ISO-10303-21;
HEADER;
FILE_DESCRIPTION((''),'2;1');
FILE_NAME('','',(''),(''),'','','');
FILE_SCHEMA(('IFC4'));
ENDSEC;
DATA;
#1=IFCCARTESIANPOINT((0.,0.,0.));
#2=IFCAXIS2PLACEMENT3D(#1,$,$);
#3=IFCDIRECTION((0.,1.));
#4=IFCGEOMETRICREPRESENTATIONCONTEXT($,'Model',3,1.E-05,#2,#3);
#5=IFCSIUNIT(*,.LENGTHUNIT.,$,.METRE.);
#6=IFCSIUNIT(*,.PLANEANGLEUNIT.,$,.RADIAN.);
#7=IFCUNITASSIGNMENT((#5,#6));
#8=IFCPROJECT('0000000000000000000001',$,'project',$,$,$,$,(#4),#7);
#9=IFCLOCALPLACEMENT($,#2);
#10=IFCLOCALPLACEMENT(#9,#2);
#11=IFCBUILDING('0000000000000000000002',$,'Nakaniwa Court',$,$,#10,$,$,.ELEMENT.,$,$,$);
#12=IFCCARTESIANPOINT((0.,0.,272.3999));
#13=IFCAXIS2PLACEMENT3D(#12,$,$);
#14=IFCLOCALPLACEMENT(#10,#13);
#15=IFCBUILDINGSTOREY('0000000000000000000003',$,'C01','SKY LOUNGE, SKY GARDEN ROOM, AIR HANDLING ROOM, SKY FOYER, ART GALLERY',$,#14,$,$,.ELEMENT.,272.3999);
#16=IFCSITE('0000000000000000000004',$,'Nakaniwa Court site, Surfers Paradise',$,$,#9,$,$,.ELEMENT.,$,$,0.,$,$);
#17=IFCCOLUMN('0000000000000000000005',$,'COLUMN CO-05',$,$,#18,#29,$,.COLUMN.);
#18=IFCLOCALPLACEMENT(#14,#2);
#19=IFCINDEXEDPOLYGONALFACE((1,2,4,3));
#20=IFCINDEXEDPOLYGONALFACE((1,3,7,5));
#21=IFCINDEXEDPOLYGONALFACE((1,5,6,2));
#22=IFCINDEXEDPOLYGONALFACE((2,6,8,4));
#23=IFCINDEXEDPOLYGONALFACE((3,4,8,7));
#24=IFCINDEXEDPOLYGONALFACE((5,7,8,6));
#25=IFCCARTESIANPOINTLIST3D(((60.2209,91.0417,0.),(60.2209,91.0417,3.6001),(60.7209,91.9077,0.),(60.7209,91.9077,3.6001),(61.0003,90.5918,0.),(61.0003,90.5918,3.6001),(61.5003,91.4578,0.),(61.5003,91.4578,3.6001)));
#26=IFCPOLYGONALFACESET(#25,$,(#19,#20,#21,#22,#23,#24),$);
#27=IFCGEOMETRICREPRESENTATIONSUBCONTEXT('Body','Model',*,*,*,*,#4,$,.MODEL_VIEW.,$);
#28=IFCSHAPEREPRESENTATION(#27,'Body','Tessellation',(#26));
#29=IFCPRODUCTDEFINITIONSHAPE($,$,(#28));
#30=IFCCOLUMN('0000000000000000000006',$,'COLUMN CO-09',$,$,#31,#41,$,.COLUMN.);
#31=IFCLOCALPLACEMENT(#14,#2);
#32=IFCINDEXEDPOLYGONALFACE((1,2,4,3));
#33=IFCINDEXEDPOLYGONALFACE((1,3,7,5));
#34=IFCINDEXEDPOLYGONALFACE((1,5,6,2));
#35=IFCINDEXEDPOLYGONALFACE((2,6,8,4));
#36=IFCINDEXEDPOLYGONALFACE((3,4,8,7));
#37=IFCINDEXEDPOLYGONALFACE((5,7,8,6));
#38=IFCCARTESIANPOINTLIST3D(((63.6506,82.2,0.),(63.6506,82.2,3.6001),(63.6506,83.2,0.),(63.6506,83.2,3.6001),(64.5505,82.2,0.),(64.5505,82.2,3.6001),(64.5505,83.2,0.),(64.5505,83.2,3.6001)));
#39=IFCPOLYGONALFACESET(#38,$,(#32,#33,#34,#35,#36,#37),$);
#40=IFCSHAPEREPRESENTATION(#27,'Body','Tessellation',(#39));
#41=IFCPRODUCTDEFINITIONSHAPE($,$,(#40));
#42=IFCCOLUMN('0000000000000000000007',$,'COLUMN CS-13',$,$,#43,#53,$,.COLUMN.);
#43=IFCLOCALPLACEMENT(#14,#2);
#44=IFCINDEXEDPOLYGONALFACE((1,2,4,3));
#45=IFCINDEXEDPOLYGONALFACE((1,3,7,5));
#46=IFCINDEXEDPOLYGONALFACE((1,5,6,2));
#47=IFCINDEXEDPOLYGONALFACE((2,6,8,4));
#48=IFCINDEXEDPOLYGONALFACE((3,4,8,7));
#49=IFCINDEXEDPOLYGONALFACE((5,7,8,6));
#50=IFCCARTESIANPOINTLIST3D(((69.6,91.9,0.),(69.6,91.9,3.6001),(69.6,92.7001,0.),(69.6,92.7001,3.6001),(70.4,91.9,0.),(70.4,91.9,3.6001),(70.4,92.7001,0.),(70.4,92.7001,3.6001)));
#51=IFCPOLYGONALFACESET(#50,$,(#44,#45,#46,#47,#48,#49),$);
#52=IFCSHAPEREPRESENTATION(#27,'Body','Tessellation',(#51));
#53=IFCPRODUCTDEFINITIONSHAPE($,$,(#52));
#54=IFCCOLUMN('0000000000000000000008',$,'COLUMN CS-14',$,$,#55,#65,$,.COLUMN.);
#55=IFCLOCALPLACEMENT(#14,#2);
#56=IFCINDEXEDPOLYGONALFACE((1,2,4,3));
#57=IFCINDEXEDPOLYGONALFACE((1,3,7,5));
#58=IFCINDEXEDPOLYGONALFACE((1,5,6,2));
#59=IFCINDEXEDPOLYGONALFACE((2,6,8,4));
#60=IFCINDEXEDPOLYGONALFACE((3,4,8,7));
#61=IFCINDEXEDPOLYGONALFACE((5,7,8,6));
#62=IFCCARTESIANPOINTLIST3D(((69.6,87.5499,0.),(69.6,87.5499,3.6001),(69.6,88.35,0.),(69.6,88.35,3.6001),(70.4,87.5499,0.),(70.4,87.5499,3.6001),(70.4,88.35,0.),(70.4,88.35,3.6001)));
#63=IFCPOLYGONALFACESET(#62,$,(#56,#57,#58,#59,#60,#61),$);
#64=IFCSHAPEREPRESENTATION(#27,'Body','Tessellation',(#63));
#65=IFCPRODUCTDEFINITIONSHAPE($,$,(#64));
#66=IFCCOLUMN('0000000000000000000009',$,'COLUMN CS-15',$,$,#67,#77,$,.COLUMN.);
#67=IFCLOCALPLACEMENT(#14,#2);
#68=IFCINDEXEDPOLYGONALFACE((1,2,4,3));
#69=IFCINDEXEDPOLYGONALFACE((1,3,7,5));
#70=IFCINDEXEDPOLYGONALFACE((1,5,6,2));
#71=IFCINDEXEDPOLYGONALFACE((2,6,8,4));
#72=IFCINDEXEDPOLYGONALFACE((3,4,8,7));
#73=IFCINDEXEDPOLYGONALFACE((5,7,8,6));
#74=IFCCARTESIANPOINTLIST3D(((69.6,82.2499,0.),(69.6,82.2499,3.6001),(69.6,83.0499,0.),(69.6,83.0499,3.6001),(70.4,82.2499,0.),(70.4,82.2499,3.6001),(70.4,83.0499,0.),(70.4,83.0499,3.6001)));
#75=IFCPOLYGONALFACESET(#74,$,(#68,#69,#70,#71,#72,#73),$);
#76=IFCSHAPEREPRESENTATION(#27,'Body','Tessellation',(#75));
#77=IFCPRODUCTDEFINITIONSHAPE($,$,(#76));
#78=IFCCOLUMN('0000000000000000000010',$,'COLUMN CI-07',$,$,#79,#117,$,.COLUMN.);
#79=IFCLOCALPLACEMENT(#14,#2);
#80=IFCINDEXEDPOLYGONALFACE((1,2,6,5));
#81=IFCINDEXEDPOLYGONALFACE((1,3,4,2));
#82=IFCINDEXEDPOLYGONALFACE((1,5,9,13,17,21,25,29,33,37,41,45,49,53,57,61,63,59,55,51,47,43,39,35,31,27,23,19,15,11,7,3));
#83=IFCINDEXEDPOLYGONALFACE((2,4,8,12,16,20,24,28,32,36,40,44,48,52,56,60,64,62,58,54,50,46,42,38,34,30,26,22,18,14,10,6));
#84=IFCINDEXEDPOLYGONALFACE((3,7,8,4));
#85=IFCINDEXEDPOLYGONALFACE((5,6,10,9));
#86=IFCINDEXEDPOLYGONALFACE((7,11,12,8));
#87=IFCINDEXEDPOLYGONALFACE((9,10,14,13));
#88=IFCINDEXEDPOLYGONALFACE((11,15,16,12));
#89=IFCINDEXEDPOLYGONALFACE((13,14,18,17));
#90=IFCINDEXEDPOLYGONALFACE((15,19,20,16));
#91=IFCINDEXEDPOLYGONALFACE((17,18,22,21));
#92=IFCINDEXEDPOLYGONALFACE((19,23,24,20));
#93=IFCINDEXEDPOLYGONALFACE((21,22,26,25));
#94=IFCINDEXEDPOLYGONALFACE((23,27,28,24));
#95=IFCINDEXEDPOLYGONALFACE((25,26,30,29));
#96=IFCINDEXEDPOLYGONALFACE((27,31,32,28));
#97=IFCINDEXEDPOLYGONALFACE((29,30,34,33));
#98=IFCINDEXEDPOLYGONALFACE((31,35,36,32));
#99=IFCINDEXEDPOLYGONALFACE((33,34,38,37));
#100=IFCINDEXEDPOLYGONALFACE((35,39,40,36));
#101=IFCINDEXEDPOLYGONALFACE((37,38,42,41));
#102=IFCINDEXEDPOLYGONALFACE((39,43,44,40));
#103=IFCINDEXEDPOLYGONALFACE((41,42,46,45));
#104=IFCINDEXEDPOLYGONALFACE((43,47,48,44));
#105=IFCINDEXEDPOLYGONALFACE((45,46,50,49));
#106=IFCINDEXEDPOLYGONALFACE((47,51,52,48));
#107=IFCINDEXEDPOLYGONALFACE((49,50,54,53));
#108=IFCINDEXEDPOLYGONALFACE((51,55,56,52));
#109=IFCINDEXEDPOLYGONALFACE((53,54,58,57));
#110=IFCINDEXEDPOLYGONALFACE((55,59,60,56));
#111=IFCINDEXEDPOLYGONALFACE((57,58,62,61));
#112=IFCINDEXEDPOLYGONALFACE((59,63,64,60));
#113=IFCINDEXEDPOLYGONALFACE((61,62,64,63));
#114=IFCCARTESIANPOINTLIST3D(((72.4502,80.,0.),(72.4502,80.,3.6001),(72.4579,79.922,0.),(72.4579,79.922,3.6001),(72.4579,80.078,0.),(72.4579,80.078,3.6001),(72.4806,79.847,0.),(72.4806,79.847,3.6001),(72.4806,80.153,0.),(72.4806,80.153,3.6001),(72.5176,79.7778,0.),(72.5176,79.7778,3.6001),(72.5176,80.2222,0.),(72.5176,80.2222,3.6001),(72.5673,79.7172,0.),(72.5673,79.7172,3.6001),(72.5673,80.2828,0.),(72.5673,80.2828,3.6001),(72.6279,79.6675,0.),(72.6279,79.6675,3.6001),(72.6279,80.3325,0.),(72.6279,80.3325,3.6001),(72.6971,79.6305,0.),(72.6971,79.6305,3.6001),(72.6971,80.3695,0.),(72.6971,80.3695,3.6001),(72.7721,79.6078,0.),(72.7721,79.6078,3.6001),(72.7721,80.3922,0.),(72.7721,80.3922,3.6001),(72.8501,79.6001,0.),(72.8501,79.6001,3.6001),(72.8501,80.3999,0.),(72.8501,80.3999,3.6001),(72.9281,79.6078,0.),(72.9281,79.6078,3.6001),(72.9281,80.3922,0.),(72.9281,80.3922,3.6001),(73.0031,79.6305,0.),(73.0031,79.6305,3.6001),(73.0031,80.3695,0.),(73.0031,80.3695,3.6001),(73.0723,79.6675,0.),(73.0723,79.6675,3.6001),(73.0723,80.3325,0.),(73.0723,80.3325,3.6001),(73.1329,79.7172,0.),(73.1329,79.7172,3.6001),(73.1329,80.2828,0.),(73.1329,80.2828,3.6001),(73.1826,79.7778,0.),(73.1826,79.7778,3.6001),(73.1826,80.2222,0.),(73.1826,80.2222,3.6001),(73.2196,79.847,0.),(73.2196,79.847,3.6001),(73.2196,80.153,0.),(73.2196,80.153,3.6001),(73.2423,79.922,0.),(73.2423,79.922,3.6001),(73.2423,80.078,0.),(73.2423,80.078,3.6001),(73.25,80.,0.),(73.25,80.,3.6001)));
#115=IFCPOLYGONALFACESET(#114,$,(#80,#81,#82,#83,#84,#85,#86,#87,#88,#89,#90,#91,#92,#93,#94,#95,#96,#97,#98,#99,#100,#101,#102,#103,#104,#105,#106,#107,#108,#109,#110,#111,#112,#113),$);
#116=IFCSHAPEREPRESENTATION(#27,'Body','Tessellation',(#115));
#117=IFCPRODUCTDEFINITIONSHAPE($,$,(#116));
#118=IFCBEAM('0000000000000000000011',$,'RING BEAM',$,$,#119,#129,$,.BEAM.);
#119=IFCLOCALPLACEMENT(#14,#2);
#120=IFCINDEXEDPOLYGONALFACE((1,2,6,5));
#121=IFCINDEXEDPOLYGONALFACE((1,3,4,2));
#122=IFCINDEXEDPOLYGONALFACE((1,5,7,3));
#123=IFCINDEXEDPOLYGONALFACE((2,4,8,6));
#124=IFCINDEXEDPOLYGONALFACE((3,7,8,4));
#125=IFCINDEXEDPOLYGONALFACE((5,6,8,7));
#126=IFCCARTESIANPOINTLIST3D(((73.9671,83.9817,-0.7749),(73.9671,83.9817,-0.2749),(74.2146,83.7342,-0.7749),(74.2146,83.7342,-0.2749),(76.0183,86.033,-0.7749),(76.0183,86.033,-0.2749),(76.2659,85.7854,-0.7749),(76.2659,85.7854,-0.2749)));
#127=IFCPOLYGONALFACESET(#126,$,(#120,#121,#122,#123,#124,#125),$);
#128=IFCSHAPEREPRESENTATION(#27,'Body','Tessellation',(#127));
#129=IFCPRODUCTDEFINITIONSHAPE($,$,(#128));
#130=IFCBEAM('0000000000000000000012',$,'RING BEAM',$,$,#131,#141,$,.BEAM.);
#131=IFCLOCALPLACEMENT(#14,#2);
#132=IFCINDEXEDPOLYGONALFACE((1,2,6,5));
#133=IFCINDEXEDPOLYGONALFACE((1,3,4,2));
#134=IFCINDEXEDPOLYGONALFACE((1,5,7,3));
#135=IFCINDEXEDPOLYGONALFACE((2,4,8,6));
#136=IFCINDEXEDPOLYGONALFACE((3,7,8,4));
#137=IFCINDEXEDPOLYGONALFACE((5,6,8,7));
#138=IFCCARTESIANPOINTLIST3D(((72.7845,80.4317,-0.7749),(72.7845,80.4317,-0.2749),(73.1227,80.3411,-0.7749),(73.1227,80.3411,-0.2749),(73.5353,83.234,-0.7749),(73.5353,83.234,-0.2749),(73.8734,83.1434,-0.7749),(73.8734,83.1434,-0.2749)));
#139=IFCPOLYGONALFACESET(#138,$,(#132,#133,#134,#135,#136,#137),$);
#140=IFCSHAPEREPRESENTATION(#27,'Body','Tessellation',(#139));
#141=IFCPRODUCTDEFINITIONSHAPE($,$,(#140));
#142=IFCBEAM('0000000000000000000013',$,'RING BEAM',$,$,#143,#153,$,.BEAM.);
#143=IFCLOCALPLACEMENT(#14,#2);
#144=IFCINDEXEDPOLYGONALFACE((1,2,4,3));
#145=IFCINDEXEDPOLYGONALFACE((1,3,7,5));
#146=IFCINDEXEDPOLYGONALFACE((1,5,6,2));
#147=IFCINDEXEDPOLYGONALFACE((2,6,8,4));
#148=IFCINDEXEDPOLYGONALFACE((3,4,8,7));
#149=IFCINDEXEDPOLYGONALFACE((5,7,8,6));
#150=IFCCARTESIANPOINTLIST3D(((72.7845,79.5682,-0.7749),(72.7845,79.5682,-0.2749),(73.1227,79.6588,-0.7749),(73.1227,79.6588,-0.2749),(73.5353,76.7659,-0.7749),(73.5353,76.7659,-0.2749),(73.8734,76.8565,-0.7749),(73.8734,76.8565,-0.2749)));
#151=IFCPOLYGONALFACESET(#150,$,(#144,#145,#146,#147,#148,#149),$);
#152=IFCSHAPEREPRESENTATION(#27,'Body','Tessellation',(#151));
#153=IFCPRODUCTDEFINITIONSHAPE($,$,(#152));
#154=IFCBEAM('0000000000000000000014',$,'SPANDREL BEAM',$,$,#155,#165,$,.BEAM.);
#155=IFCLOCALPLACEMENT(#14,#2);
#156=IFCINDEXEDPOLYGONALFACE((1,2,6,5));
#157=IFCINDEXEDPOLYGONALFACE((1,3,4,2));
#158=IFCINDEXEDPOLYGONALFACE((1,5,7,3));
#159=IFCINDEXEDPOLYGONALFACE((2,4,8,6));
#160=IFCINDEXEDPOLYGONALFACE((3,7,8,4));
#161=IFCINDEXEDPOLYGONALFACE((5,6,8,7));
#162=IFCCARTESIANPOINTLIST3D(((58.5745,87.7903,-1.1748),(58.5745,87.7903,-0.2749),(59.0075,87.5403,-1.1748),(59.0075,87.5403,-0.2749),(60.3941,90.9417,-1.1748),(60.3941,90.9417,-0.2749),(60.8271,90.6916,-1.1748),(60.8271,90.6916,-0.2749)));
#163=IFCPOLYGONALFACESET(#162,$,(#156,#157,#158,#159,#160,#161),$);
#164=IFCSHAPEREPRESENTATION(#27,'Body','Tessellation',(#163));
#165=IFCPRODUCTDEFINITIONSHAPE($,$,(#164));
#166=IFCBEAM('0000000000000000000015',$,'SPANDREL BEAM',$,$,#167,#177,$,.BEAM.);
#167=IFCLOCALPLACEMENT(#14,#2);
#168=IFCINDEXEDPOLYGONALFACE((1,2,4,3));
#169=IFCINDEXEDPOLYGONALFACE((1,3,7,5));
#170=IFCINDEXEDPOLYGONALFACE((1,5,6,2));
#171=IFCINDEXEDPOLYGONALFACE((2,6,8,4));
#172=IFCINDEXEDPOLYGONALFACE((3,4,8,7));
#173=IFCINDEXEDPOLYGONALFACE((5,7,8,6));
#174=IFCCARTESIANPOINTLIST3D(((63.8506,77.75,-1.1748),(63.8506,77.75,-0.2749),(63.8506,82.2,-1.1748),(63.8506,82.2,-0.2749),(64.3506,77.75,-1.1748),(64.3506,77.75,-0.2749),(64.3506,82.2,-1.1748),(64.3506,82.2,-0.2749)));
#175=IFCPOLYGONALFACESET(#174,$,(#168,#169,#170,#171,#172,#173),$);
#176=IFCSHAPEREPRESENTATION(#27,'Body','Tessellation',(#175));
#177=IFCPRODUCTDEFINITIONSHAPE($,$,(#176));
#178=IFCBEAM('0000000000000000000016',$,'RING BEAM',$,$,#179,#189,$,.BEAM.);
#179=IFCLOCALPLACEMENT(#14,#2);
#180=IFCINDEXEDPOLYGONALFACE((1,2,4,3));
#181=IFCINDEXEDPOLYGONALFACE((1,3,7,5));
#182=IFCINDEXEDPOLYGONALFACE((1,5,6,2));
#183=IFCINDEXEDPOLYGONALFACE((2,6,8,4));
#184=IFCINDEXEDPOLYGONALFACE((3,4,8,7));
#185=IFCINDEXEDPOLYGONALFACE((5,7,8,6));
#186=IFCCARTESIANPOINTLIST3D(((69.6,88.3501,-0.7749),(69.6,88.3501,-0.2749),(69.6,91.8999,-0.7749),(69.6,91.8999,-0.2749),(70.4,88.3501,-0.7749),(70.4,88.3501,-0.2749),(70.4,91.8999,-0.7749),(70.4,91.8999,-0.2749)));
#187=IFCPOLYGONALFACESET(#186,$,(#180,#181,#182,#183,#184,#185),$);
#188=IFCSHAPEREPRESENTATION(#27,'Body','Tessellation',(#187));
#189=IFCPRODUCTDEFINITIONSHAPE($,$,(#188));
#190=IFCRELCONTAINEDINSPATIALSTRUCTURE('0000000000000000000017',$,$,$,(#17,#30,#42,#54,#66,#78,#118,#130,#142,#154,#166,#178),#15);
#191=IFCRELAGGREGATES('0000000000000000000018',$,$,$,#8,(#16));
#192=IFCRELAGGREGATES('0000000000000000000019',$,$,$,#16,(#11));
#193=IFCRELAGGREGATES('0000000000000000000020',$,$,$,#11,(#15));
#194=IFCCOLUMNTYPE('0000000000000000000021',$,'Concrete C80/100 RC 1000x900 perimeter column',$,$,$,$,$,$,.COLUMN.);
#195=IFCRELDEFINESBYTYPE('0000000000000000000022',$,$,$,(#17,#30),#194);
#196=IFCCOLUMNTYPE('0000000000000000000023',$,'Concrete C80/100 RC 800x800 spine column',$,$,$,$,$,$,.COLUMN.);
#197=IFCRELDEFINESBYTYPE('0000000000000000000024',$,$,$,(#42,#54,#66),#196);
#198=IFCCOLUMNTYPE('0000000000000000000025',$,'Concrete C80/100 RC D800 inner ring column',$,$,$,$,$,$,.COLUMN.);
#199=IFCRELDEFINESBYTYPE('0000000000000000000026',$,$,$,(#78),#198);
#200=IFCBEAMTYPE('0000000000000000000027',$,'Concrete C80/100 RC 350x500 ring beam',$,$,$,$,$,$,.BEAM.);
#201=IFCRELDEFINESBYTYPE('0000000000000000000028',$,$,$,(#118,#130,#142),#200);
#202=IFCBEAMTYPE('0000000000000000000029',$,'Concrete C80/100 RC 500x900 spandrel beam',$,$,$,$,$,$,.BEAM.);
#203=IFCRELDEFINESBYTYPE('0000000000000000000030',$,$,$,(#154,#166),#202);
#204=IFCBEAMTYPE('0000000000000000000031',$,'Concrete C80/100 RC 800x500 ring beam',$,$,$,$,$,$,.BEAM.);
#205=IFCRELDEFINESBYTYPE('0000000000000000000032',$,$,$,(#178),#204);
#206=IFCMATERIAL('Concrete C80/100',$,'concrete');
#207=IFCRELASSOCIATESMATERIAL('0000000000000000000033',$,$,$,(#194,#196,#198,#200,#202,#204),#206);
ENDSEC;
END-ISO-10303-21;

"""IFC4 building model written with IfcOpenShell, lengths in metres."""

from ifc_helpers import new_model, si_unit, direction, frame, origin, origin_2d, place, context, subcontext, project, spatial, rectangle, circle, extrude, material, material_profile, profile_set, type_object, element, save


model = new_model("IFC4")

# Units and contexts
model_context = context("Model", 3, precision=1e-05, world=origin(), true_north=direction((0.0, 1.0)))
body_context = subcontext(model_context, "Body", "Model", "MODEL_VIEW")
ifc_project = project(units=[si_unit("LENGTHUNIT", "METRE"), si_unit("PLANEANGLEUNIT", "RADIAN")], contexts=[model_context])

# Site, building, storey
site_placement = place(None, origin())
site = spatial("IfcSite", under=ifc_project, at=site_placement, Name="Nakaniwa Court site, Surfers Paradise", CompositionType="ELEMENT", RefElevation=0.0)
building_placement = place(site_placement, origin())
building = spatial("IfcBuilding", under=site, at=building_placement, Name="Nakaniwa Court", CompositionType="ELEMENT")
storey_placement = place(building_placement, frame((0.0, 0.0, 272.3999)))
storey = spatial("IfcBuildingStorey", under=building, at=storey_placement, Name="C01", Description="SKY LOUNGE, SKY GARDEN ROOM, AIR HANDLING ROOM, SKY FOYER, ART GALLERY", CompositionType="ELEMENT", Elevation=272.3999)

# Columns
ifc_material_1 = material(Name="Concrete C80/100", Category="concrete")
ifc_material_profile_1 = material_profile(ifc_material_1, rectangle(XDim=1.0, YDim=0.8999, at=origin_2d()), Name="Concrete C80/100 RC 1000x900 perimeter column")
ifc_profile_set_1 = profile_set([ifc_material_profile_1], Name="Concrete C80/100")
column_type_1 = type_object("IfcColumnType", Name="Concrete C80/100 RC 1000x900 perimeter column", PredefinedType="COLUMN", material=ifc_profile_set_1)
for number, where, z_axis, x_axis, name in (
    (1, (60.8606, 91.2498, 0.0), (0.0, 0.0, 1.0), (-0.5, -0.866025, 0.0), "COLUMN CO-05"),
    (2, (64.1006, 82.7, 0.0), (0.0, 0.0, 1.0), (0.0, -1.0, 0.0), "COLUMN CO-09"),
):
    element("IfcColumn", number, at=place(storey_placement, frame(where, z_axis=z_axis, x_axis=x_axis)), inside=storey, type_object=column_type_1, Name=name, PredefinedType="COLUMN", context=body_context, shape_type="SweptSolid", body=[
        extrude(rectangle(XDim=1.0, YDim=0.8999, at=origin_2d()), origin(), (0.0, 0.0, 1.0), 3.6001),
    ])
ifc_material_profile_2 = material_profile(ifc_material_1, rectangle(XDim=0.8, YDim=0.8, at=origin_2d()), Name="Concrete C80/100 RC 800x800 spine column")
ifc_profile_set_2 = profile_set([ifc_material_profile_2], Name="Concrete C80/100")
column_type_2 = type_object("IfcColumnType", Name="Concrete C80/100 RC 800x800 spine column", PredefinedType="COLUMN", material=ifc_profile_set_2)
for number, where, z_axis, x_axis, name in (
    (3, (70.0, 92.3, 0.0), (0.0, 0.0, 1.0), (0.0, -1.0, 0.0), "COLUMN CS-13"),
    (4, (70.0, 87.95, 0.0), (0.0, 0.0, 1.0), (0.0, -1.0, 0.0), "COLUMN CS-14"),
    (5, (70.0, 82.6499, 0.0), (0.0, 0.0, 1.0), (0.0, -1.0, 0.0), "COLUMN CS-15"),
):
    element("IfcColumn", number, at=place(storey_placement, frame(where, z_axis=z_axis, x_axis=x_axis)), inside=storey, type_object=column_type_2, Name=name, PredefinedType="COLUMN", context=body_context, shape_type="SweptSolid", body=[
        extrude(rectangle(XDim=0.8, YDim=0.8, at=origin_2d()), origin(), (0.0, 0.0, 1.0), 3.6001),
    ])
ifc_material_profile_3 = material_profile(ifc_material_1, circle(Radius=0.3999, at=origin_2d()), Name="Concrete C80/100 RC D800 inner ring column")
ifc_profile_set_3 = profile_set([ifc_material_profile_3], Name="Concrete C80/100")
column_type_3 = type_object("IfcColumnType", Name="Concrete C80/100 RC D800 inner ring column", PredefinedType="COLUMN", material=ifc_profile_set_3)
for number, where, z_axis, x_axis, name in (
    (6, (72.8501, 80.0, 0.0), (0.0, 0.0, 1.0), (0.0, -1.0, 0.0), "COLUMN CI-07"),
):
    element("IfcColumn", number, at=place(storey_placement, frame(where, z_axis=z_axis, x_axis=x_axis)), inside=storey, type_object=column_type_3, Name=name, PredefinedType="COLUMN", context=body_context, shape_type="SweptSolid", body=[
        extrude(circle(Radius=0.3999, at=origin_2d()), origin(), (0.0, 0.0, 1.0), 3.6001),
    ])

# Beams
ifc_material_profile_4 = material_profile(ifc_material_1, rectangle(XDim=0.3501, YDim=0.5, at=origin_2d()), Name="Concrete C80/100 RC 350x500 ring beam")
ifc_profile_set_4 = profile_set([ifc_material_profile_4], Name="Concrete C80/100")
beam_type_1 = type_object("IfcBeamType", Name="Concrete C80/100 RC 350x500 ring beam", PredefinedType="BEAM", material=ifc_profile_set_4)
beam_1_placement = place(storey_placement, frame((76.1421, 85.9092, -0.5249), z_axis=(-0.707107, -0.707107, 0.0), x_axis=(0.707107, -0.707107, 0.0)))
element("IfcBeam", 7, at=beam_1_placement, inside=storey, type_object=beam_type_1, Name="RING BEAM", PredefinedType="BEAM", context=body_context, shape_type="SweptSolid", body=[
    extrude(rectangle(XDim=0.3501, YDim=0.5, at=origin_2d()), origin(), (0.0, 0.0, 1.0), 2.9009),
])
for number, where, z_axis, x_axis, name in (
    (8, (73.7043, 83.1887, -0.5249), (-0.258778, -0.965937, 0.0), (0.965937, -0.258778, 0.0), "RING BEAM"),
    (9, (72.9536, 79.6135, -0.5249), (0.258778, -0.965937, 0.0), (0.965937, 0.258778, 0.0), "RING BEAM"),
):
    element("IfcBeam", number, at=place(storey_placement, frame(where, z_axis=z_axis, x_axis=x_axis)), inside=storey, type_object=beam_type_1, Name=name, PredefinedType="BEAM", context=body_context, shape_type="SweptSolid", body=[
        extrude(rectangle(XDim=0.3501, YDim=0.5, at=origin_2d()), origin(), (0.0, 0.0, 1.0), 2.9011),
    ])
ifc_material_profile_5 = material_profile(ifc_material_1, rectangle(XDim=0.5, YDim=0.8999, at=origin_2d()), Name="Concrete C80/100 RC 500x900 spandrel beam")
ifc_profile_set_5 = profile_set([ifc_material_profile_5], Name="Concrete C80/100")
beam_type_2 = type_object("IfcBeamType", Name="Concrete C80/100 RC 500x900 spandrel beam", PredefinedType="BEAM", material=ifc_profile_set_5)
beam_2_placement = place(storey_placement, frame((60.6106, 90.8167, -0.7249), z_axis=(-0.500028, -0.866009, 0.0), x_axis=(0.866009, -0.500028, 0.0)))
element("IfcBeam", 10, at=beam_2_placement, inside=storey, type_object=beam_type_2, Name="SPANDREL BEAM", PredefinedType="BEAM", context=body_context, shape_type="SweptSolid", body=[
    extrude(rectangle(XDim=0.5, YDim=0.8999, at=origin_2d()), origin(), (0.0, 0.0, 1.0), 3.6389),
])
beam_3_placement = place(storey_placement, frame((64.1006, 82.2, -0.7249), z_axis=(0.0, -1.0, 0.0), x_axis=(1.0, 0.0, 0.0)))
element("IfcBeam", 11, at=beam_3_placement, inside=storey, type_object=beam_type_2, Name="SPANDREL BEAM", PredefinedType="BEAM", context=body_context, shape_type="SweptSolid", body=[
    extrude(rectangle(XDim=0.5, YDim=0.8999, at=origin_2d()), origin(), (0.0, 0.0, 1.0), 4.45),
])
ifc_material_profile_6 = material_profile(ifc_material_1, rectangle(XDim=0.8, YDim=0.5, at=origin_2d()), Name="Concrete C80/100 RC 800x500 ring beam")
ifc_profile_set_6 = profile_set([ifc_material_profile_6], Name="Concrete C80/100")
beam_type_3 = type_object("IfcBeamType", Name="Concrete C80/100 RC 800x500 ring beam", PredefinedType="BEAM", material=ifc_profile_set_6)
beam_4_placement = place(storey_placement, frame((70.0, 91.8999, -0.5249), z_axis=(0.0, -1.0, 0.0), x_axis=(1.0, 0.0, 0.0)))
element("IfcBeam", 12, at=beam_4_placement, inside=storey, type_object=beam_type_3, Name="RING BEAM", PredefinedType="BEAM", context=body_context, shape_type="SweptSolid", body=[
    extrude(rectangle(XDim=0.8, YDim=0.5, at=origin_2d()), origin(), (0.0, 0.0, 1.0), 3.5498),
])

save(model, "model.ifc")
